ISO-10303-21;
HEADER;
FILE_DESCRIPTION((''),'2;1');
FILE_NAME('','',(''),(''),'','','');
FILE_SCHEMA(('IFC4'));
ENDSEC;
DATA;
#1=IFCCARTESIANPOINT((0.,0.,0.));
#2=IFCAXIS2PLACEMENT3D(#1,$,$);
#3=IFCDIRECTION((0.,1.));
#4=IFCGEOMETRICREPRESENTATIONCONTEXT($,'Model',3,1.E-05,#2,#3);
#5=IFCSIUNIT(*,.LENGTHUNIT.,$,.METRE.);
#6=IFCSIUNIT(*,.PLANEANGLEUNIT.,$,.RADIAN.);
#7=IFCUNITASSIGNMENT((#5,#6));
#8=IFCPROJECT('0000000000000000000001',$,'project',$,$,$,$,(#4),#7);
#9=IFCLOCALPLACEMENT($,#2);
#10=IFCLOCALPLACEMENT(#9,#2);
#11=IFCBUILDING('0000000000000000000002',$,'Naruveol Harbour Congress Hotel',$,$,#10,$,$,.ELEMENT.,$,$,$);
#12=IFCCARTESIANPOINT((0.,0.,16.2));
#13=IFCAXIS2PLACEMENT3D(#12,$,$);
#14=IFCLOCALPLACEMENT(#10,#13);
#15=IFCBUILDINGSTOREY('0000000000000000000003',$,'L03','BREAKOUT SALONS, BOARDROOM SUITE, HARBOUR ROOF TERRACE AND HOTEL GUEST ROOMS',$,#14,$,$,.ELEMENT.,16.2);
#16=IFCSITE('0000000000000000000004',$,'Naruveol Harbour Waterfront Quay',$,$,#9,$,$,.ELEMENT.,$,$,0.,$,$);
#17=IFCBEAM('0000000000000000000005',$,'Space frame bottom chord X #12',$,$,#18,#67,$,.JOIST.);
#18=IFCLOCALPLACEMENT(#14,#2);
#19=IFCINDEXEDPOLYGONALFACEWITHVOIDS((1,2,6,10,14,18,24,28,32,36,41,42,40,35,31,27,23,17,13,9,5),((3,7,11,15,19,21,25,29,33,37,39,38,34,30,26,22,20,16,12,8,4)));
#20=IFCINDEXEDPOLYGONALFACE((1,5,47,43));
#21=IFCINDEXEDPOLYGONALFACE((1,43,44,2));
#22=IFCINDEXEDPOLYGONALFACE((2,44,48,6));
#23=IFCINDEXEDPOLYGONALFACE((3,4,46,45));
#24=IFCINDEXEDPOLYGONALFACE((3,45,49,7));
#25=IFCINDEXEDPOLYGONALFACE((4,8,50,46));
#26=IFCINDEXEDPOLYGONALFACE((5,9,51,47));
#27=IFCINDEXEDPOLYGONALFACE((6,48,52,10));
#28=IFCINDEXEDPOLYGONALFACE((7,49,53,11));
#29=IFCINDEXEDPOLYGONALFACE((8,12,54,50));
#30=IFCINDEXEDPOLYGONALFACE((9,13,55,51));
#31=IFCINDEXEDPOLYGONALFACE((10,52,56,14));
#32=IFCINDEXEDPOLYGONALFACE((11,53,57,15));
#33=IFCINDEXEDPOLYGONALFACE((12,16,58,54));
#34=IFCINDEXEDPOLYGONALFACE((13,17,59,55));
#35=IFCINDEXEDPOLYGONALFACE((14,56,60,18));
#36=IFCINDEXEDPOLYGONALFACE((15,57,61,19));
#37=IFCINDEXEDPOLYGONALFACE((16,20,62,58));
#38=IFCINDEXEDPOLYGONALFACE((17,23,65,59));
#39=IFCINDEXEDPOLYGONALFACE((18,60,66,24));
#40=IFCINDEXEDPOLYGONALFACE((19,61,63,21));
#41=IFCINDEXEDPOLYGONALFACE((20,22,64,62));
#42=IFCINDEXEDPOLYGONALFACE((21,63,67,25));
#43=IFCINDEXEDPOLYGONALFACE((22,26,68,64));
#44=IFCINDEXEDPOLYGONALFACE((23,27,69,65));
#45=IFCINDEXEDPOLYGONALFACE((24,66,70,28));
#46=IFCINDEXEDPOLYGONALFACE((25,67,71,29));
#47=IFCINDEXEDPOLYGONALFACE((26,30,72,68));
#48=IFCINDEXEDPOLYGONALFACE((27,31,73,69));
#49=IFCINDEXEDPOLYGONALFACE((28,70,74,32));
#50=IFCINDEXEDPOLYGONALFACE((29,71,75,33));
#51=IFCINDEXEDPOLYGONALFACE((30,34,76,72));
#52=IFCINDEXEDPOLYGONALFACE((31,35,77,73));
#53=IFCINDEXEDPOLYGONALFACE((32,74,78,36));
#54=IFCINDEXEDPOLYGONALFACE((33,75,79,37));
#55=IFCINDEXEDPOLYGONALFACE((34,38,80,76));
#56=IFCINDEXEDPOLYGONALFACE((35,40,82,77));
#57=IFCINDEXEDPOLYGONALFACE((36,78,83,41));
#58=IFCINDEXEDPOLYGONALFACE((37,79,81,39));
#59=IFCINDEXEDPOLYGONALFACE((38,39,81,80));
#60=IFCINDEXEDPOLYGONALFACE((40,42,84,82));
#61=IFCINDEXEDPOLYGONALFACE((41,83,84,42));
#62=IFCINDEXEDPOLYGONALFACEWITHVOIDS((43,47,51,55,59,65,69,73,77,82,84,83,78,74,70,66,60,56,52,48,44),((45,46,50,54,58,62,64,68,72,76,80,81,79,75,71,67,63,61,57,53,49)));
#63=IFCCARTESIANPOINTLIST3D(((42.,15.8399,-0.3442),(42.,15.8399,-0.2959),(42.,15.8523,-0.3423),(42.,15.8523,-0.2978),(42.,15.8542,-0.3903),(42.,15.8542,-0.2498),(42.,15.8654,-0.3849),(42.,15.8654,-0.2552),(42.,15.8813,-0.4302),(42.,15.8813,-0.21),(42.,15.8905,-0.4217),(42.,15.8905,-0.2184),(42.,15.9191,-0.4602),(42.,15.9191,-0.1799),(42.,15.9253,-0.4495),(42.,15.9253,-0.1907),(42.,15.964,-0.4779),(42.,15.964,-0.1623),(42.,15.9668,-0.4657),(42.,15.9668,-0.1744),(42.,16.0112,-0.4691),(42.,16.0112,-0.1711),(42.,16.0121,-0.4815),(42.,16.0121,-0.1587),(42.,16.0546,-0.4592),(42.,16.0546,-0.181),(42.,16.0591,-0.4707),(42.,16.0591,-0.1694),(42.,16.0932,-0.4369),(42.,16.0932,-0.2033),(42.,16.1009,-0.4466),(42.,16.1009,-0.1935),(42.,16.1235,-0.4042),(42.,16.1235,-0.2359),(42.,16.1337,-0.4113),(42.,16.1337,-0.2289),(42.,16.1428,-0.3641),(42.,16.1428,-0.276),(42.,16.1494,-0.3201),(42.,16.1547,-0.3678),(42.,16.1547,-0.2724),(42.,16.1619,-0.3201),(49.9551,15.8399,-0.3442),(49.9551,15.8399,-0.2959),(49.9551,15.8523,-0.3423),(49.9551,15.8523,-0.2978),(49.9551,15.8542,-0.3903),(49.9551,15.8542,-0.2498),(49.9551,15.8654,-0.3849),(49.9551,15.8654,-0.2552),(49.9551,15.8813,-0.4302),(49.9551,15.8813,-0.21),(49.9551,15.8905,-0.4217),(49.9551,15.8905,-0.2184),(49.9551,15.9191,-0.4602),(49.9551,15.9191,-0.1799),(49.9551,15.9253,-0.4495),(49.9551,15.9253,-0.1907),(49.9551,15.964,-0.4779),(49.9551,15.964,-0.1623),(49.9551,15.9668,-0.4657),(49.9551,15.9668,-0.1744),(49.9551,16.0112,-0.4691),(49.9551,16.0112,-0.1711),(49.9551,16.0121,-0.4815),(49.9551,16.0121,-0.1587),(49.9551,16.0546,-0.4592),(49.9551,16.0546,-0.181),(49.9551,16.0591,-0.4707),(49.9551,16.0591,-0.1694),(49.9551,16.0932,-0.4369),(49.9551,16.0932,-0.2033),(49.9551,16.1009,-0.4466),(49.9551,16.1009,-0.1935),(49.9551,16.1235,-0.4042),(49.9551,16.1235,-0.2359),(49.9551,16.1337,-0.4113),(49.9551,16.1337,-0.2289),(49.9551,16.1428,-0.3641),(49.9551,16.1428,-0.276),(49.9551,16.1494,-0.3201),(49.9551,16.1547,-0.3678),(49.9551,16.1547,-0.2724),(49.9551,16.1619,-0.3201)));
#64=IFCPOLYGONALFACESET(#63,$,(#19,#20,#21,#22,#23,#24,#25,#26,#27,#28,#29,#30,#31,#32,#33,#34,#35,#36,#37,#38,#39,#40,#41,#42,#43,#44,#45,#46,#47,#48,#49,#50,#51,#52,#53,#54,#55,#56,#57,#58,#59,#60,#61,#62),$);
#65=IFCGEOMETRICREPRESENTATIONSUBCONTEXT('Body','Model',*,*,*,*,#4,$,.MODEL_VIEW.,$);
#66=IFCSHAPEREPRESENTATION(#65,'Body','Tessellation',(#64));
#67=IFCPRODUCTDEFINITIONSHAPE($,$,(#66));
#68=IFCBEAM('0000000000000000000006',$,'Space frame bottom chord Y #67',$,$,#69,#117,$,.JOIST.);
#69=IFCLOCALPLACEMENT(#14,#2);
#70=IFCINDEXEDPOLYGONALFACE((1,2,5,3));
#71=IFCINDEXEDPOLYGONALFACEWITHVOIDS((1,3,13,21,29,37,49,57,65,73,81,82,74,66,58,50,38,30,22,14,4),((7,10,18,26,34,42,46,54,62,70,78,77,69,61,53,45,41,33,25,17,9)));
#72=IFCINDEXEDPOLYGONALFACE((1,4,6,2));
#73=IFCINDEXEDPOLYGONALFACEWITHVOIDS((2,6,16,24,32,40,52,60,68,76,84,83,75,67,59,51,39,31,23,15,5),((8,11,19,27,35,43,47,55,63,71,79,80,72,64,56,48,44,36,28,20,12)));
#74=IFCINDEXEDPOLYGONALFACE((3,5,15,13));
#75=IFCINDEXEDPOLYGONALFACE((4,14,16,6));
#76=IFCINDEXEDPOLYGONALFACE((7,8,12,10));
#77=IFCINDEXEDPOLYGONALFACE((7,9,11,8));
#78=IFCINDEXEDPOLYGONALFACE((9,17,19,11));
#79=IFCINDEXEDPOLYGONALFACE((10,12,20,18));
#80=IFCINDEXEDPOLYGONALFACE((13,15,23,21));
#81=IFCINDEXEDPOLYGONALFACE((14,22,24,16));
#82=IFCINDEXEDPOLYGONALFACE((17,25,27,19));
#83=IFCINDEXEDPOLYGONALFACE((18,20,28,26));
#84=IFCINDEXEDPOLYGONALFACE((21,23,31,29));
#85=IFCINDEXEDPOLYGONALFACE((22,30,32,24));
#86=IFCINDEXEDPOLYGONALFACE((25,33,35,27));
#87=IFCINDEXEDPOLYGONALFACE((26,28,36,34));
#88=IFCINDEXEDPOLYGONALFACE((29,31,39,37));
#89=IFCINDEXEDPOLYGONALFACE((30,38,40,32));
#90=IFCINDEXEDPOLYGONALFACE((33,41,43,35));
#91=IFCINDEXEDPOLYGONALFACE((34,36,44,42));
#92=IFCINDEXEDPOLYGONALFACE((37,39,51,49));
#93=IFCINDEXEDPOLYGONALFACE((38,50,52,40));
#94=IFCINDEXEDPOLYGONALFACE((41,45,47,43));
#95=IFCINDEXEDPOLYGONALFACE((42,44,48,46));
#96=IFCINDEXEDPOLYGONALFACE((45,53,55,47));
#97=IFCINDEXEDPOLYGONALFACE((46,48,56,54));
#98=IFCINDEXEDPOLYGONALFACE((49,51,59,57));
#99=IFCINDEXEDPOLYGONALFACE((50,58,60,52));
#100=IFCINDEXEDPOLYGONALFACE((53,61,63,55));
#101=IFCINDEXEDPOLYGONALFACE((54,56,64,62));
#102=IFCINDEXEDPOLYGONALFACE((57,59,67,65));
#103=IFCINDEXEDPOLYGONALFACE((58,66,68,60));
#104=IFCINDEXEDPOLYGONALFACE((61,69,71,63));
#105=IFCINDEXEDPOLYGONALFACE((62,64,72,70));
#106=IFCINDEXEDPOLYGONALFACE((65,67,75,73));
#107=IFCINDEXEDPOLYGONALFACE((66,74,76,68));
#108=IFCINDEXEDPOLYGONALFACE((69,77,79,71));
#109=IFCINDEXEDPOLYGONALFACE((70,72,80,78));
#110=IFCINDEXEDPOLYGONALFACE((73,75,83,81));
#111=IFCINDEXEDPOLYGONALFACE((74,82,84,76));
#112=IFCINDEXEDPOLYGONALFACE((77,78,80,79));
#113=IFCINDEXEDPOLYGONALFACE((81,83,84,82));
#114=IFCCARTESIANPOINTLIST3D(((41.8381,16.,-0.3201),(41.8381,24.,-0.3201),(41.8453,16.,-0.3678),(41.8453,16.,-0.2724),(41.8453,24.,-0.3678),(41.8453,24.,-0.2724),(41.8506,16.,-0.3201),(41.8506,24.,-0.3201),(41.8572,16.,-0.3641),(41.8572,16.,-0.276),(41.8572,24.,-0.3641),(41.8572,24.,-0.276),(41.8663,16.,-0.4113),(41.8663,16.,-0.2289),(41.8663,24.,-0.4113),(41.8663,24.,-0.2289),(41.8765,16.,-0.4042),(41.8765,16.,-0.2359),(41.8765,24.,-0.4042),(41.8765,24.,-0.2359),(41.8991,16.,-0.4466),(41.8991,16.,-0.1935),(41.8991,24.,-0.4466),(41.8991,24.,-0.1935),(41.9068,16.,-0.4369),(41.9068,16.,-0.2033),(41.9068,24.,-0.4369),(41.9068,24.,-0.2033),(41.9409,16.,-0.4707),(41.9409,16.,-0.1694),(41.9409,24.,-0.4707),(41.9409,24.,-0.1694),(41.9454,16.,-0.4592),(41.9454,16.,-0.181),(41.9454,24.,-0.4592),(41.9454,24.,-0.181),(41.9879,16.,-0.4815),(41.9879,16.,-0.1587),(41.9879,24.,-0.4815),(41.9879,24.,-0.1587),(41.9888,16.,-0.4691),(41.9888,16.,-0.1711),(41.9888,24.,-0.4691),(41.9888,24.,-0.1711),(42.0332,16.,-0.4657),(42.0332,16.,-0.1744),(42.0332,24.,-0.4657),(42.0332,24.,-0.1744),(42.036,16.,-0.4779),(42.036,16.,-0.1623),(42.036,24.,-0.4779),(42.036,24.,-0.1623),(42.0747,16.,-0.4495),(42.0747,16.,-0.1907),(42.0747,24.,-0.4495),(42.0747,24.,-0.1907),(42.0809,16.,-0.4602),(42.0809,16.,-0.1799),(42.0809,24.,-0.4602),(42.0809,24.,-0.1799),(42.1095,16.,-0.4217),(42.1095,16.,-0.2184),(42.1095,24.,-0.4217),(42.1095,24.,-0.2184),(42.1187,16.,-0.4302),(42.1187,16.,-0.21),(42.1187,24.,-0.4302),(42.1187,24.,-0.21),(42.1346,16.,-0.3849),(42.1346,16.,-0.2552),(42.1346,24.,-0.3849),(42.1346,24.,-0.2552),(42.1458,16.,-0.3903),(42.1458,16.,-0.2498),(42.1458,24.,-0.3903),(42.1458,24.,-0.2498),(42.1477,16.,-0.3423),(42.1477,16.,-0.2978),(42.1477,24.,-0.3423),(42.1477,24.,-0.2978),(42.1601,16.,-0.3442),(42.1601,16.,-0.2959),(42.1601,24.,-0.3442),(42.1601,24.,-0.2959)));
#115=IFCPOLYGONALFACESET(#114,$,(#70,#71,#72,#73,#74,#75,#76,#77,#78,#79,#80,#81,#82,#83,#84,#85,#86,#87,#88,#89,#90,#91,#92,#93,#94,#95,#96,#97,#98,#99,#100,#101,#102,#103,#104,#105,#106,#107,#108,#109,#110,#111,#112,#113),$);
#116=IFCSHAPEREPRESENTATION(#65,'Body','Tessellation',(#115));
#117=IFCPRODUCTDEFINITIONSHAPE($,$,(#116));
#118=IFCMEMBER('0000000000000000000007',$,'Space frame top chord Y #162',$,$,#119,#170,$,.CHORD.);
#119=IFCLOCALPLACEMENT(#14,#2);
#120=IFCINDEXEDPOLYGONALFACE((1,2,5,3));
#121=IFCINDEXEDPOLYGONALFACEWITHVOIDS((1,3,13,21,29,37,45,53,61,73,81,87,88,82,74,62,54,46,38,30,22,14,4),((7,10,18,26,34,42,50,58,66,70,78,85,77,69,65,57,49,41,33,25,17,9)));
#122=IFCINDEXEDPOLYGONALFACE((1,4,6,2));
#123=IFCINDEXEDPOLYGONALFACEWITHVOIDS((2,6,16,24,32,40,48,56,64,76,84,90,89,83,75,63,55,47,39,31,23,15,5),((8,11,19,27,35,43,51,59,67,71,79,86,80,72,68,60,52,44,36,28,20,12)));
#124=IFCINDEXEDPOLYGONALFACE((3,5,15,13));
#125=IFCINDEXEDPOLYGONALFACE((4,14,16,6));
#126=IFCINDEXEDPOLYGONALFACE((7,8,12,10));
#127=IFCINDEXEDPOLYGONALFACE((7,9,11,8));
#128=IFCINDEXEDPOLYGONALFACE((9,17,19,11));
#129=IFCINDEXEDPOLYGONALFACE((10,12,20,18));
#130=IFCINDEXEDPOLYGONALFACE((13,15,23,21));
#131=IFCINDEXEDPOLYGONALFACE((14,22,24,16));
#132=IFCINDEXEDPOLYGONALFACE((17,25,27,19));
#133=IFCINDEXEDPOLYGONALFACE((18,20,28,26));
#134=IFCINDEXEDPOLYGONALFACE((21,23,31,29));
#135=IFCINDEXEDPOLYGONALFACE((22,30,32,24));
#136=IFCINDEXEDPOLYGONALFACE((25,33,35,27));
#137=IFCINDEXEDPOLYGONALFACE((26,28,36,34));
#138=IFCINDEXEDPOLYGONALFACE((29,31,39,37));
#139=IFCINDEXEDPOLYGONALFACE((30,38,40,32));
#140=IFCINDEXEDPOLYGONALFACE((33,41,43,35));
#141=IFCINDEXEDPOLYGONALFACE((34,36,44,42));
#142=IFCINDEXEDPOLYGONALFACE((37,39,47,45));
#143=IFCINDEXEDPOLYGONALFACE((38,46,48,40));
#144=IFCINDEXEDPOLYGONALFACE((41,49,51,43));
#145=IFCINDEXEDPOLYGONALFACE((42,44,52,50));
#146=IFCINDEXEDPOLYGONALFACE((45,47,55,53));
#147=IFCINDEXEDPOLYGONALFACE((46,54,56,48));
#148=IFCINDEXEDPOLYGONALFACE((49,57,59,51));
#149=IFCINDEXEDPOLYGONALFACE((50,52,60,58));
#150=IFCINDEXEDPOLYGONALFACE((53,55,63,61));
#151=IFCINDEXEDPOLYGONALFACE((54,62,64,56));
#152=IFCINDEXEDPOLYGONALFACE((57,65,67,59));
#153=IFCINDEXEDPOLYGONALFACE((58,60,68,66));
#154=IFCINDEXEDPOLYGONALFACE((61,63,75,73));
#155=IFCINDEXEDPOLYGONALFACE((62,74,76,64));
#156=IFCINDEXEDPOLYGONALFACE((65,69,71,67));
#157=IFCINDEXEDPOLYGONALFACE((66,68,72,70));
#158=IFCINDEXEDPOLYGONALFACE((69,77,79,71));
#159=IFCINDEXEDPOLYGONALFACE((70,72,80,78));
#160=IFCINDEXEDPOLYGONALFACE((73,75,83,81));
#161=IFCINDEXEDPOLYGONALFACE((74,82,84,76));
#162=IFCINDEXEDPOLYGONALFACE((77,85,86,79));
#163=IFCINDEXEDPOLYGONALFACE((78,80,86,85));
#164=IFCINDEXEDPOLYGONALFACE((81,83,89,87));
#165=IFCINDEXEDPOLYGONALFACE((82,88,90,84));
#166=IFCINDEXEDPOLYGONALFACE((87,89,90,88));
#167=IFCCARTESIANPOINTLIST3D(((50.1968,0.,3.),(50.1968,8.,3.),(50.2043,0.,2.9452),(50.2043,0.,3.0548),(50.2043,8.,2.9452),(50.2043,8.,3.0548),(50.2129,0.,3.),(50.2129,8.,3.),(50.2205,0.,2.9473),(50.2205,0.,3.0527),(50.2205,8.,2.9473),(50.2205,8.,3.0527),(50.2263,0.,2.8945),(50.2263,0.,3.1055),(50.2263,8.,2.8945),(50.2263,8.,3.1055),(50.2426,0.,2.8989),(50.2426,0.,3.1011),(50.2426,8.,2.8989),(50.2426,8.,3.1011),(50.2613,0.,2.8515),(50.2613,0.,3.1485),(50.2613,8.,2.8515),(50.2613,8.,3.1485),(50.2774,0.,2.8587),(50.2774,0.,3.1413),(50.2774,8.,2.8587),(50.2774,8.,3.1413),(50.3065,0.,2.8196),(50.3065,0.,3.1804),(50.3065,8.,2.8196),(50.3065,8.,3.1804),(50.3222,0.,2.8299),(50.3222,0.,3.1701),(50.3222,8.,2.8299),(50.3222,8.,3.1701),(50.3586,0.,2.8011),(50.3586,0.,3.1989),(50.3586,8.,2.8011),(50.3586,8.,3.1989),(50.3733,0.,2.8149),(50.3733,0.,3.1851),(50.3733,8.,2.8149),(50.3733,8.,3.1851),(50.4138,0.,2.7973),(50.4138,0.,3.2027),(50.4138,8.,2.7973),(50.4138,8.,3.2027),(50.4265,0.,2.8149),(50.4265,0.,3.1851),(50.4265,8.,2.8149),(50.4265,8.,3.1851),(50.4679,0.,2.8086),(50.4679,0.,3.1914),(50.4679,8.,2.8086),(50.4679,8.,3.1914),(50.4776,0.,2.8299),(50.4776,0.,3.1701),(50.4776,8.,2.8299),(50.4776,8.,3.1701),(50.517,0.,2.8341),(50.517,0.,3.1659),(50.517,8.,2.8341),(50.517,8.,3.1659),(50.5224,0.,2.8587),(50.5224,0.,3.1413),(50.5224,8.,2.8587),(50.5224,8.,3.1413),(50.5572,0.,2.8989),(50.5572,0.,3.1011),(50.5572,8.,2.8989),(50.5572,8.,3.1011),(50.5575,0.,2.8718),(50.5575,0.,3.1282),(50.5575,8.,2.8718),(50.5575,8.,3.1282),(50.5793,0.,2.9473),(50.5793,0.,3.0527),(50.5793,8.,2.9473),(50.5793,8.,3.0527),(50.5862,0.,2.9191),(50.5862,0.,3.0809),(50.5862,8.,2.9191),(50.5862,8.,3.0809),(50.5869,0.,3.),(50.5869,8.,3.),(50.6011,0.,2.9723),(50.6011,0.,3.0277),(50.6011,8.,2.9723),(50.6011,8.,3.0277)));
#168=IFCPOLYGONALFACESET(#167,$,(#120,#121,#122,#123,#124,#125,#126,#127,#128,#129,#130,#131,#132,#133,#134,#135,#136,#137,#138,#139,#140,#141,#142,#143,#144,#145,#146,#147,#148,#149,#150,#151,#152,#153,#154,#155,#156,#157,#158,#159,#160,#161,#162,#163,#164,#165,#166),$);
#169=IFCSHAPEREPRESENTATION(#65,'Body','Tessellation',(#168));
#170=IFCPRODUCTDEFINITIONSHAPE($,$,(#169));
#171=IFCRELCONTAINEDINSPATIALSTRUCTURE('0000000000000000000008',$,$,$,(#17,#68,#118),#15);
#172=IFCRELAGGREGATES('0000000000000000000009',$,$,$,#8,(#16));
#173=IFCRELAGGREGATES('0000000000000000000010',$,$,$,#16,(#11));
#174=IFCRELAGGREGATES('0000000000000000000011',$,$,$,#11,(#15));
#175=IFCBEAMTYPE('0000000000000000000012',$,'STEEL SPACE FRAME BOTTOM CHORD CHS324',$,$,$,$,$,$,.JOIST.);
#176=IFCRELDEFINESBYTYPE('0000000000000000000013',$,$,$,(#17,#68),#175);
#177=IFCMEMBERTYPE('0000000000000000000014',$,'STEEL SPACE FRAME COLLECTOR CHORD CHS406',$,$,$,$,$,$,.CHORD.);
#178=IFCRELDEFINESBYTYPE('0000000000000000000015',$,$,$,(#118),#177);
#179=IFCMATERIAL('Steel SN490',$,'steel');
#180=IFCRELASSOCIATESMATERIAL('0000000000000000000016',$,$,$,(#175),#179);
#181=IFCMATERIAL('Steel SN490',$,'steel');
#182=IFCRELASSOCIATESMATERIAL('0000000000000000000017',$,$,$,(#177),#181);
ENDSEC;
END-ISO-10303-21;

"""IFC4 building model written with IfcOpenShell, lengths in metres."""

from ifc_helpers import new_model, si_unit, direction, frame, origin, origin_2d, place, context, subcontext, project, spatial, hollow_circle, extrude, material, material_profile, profile_set, type_object, element, save


model = new_model("IFC4")

# Units and contexts
model_context = context("Model", 3, precision=1e-05, world=origin(), true_north=direction((0.0, 1.0)))
body_context = subcontext(model_context, "Body", "Model", "MODEL_VIEW")
ifc_project = project(units=[si_unit("LENGTHUNIT", "METRE"), si_unit("PLANEANGLEUNIT", "RADIAN")], contexts=[model_context])

# Site, building, storey
site_placement = place(None, origin())
site = spatial("IfcSite", under=ifc_project, at=site_placement, Name="Naruveol Harbour Waterfront Quay", CompositionType="ELEMENT", RefElevation=0.0)
building_placement = place(site_placement, origin())
building = spatial("IfcBuilding", under=site, at=building_placement, Name="Naruveol Harbour Congress Hotel", CompositionType="ELEMENT")
storey_placement = place(building_placement, frame((0.0, 0.0, 16.2)))
storey = spatial("IfcBuildingStorey", under=building, at=storey_placement, Name="L03", Description="BREAKOUT SALONS, BOARDROOM SUITE, HARBOUR ROOF TERRACE AND HOTEL GUEST ROOMS", CompositionType="ELEMENT", Elevation=16.2)

# Beams
ifc_material_1 = material(Name="Steel SN490", Category="steel")
ifc_material_profile_1 = material_profile(ifc_material_1, hollow_circle(Radius=0.1619, WallThickness=0.0125, at=origin_2d()), Name="CHS-323.9x12.5")
ifc_profile_set_1 = profile_set([ifc_material_profile_1], Name="Steel SN490")
beam_type_1 = type_object("IfcBeamType", Name="STEEL SPACE FRAME BOTTOM CHORD CHS324", PredefinedType="JOIST", material=ifc_profile_set_1)
beam_1_placement = place(storey_placement, frame((42.0, 16.0, -0.3201), z_axis=(1.0, 0.0, 0.0), x_axis=(0.0, 1.0, 0.0)))
element("IfcBeam", 1, at=beam_1_placement, inside=storey, type_object=beam_type_1, Name="Space frame bottom chord X #12", PredefinedType="JOIST", context=body_context, shape_type="SweptSolid", body=[
    extrude(hollow_circle(Radius=0.1619, WallThickness=0.0125, at=origin_2d()), origin(), (0.0, 0.0, 1.0), 7.9551),
])
beam_2_placement = place(storey_placement, frame((42.0, 16.0, -0.3201), z_axis=(0.0, 1.0, 0.0), x_axis=(-1.0, 0.0, 0.0)))
element("IfcBeam", 2, at=beam_2_placement, inside=storey, type_object=beam_type_1, Name="Space frame bottom chord Y #67", PredefinedType="JOIST", context=body_context, shape_type="SweptSolid", body=[
    extrude(hollow_circle(Radius=0.1619, WallThickness=0.0125, at=origin_2d()), origin(), (0.0, 0.0, 1.0), 8.0),
])

# Member
ifc_material_2 = material(Name="Steel SN490", Category="steel")
ifc_material_profile_2 = material_profile(ifc_material_2, hollow_circle(Radius=0.2031, WallThickness=0.0161, at=origin_2d()), Name="CHS-406.4x16")
ifc_profile_set_2 = profile_set([ifc_material_profile_2], Name="Steel SN490")
member_type_1 = type_object("IfcMemberType", Name="STEEL SPACE FRAME COLLECTOR CHORD CHS406", PredefinedType="CHORD", material=ifc_profile_set_2)
for number, where, z_axis, x_axis, name in (
    (3, (50.3999, 0.0, 3.0), (0.0, 1.0, 0.0), (-1.0, 0.0, 0.0), "Space frame top chord Y #162"),
):
    element("IfcMember", number, at=place(storey_placement, frame(where, z_axis=z_axis, x_axis=x_axis)), inside=storey, type_object=member_type_1, Name=name, PredefinedType="CHORD", context=body_context, shape_type="SweptSolid", body=[
        extrude(hollow_circle(Radius=0.2031, WallThickness=0.0161, at=origin_2d()), origin(), (0.0, 0.0, 1.0), 8.0),
    ])

save(model, "model.ifc")
